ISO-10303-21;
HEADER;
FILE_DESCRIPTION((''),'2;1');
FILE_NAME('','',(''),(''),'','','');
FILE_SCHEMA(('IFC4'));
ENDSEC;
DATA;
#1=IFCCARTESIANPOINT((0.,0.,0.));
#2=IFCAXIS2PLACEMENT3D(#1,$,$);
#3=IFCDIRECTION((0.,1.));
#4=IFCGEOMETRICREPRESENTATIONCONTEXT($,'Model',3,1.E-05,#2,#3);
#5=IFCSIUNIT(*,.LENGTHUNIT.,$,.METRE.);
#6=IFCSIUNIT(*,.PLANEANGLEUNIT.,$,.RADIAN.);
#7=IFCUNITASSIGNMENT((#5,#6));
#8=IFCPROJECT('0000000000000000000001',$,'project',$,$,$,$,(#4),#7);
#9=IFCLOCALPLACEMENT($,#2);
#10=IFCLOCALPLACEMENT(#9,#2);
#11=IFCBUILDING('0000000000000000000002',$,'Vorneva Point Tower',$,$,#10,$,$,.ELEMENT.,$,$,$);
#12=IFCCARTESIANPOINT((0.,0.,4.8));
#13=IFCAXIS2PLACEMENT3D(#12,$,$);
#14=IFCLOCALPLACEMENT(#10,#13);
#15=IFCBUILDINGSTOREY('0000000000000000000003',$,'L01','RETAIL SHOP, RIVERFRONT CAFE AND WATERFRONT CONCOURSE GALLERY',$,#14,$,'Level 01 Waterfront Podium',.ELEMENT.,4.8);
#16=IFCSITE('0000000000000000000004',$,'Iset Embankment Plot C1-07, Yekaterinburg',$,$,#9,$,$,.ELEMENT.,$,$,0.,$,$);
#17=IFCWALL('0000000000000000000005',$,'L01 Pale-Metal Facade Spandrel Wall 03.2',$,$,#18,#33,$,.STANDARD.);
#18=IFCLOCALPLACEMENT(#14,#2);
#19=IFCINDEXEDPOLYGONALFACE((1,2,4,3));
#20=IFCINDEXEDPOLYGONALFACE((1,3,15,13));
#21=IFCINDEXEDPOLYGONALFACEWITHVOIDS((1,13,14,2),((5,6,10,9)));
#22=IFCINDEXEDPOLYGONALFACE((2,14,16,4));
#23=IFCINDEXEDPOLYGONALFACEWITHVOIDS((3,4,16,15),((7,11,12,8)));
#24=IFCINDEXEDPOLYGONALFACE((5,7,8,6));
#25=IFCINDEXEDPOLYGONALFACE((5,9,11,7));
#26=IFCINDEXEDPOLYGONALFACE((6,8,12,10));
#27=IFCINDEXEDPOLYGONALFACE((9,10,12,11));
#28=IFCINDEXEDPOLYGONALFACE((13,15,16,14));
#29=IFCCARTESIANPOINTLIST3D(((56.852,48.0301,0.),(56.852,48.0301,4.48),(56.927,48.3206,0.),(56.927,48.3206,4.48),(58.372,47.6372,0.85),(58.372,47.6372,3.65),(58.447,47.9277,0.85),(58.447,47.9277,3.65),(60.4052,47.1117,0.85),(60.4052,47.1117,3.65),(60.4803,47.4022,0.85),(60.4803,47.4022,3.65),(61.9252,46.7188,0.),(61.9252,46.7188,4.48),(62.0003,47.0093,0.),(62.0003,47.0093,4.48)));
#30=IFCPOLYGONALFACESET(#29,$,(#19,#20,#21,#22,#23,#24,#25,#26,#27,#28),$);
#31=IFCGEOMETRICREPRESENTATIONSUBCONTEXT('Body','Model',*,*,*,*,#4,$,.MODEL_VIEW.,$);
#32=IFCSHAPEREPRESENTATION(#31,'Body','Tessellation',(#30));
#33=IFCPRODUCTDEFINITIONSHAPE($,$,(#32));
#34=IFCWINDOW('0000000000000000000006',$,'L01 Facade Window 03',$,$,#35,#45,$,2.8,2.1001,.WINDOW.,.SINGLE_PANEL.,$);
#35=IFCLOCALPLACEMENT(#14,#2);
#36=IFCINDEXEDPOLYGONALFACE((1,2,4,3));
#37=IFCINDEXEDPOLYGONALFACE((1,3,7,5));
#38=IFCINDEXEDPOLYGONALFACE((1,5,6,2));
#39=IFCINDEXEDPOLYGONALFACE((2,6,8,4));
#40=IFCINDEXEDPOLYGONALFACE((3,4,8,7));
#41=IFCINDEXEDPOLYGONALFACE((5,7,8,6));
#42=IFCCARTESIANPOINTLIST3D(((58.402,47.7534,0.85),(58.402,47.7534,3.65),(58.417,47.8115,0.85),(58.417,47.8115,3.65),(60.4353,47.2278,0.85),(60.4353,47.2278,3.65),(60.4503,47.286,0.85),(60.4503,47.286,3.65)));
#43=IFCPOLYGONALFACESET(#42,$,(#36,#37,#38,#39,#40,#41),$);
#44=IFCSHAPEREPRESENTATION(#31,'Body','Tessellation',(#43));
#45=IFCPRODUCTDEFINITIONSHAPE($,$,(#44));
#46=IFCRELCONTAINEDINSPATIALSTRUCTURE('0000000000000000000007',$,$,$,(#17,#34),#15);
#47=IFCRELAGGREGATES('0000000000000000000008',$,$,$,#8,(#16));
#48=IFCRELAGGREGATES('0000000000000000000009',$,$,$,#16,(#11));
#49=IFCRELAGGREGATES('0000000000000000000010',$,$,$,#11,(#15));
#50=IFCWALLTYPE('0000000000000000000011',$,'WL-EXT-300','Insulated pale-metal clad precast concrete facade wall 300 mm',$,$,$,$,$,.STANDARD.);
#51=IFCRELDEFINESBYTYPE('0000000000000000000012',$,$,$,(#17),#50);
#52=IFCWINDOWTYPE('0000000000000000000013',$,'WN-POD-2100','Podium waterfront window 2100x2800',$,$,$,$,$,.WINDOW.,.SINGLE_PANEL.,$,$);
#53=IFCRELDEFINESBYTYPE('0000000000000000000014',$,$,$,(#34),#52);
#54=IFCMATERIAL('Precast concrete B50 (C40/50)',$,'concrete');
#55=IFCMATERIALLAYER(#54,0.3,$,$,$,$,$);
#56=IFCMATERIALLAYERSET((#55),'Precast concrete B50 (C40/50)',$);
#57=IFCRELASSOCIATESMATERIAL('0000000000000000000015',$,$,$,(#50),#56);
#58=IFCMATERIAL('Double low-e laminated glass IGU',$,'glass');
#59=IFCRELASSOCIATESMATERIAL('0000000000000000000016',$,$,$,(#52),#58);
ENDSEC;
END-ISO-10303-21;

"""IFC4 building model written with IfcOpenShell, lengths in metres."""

from ifc_helpers import new_model, si_unit, direction, frame, frame_2d, origin, place, context, subcontext, project, spatial, rectangle, extrude, material, layer, layer_set, type_object, element, fill, save


model = new_model("IFC4")

# Units and contexts
model_context = context("Model", 3, precision=1e-05, world=origin(), true_north=direction((0.0, 1.0)))
body_context = subcontext(model_context, "Body", "Model", "MODEL_VIEW")
ifc_project = project(units=[si_unit("LENGTHUNIT", "METRE"), si_unit("PLANEANGLEUNIT", "RADIAN")], contexts=[model_context])

# Site, building, storey
site_placement = place(None, origin())
site = spatial("IfcSite", under=ifc_project, at=site_placement, Name="Iset Embankment Plot C1-07, Yekaterinburg", CompositionType="ELEMENT", RefElevation=0.0)
building_placement = place(site_placement, origin())
building = spatial("IfcBuilding", under=site, at=building_placement, Name="Vorneva Point Tower", CompositionType="ELEMENT")
storey_placement = place(building_placement, frame((0.0, 0.0, 4.8)))
storey = spatial("IfcBuildingStorey", under=building, at=storey_placement, Name="L01", Description="RETAIL SHOP, RIVERFRONT CAFE AND WATERFRONT CONCOURSE GALLERY", LongName="Level 01 Waterfront Podium", CompositionType="ELEMENT", Elevation=4.8)

# Shared definitions
ifc_material_1 = material(Name="Double low-e laminated glass IGU", Category="glass")

# Shared definitions
ifc_material_2 = material(Name="Precast concrete B50 (C40/50)", Category="concrete")
ifc_layer_1 = layer(ifc_material_2, 0.3)
ifc_layer_set_1 = layer_set([ifc_layer_1], Name="Precast concrete B50 (C40/50)")
wall_type = type_object("IfcWallType", Name="WL-EXT-300", Description="Insulated pale-metal clad precast concrete facade wall 300 mm", PredefinedType="STANDARD", material=ifc_layer_set_1)

# Wall, opening, window
wall_1_placement = place(storey_placement, frame((61.9629, 46.864, 0.0), z_axis=(0.0, 0.0, 1.0), x_axis=(-0.968182, 0.250246, 0.0)))
wall_1 = element("IfcWall", 1, at=wall_1_placement, inside=storey, type_object=wall_type, Name="L01 Pale-Metal Facade Spandrel Wall 03.2", PredefinedType="STANDARD", context=body_context, shape_type="SweptSolid", body=[
    extrude(rectangle(XDim=5.24, YDim=0.3, at=frame_2d((2.6201, 0.0))), origin(), (0.0, 0.0, 1.0), 4.48),
])
opening_placement = place(wall_1_placement, frame((1.5701, 0.0, 0.8501)))
opening = element("IfcOpeningElement", 2, at=opening_placement, cuts=wall_1, PredefinedType="OPENING", context=body_context, shape_type="SweptSolid", body=[
    extrude(rectangle(XDim=2.1001, YDim=2.8, at=frame_2d((1.05, 1.3999))), frame((0.0, 0.165, 0.0), z_axis=(0.0, -1.0, 0.0), x_axis=(1.0, 0.0, 0.0)), (0.0, 0.0, 1.0), 0.3298),
])
window_type = type_object("IfcWindowType", Name="WN-POD-2100", Description="Podium waterfront window 2100x2800", PartitioningType="SINGLE_PANEL", PredefinedType="WINDOW", material=ifc_material_1)
window_placement = place(opening_placement, origin())
window = element("IfcWindow", 3, at=window_placement, inside=storey, type_object=window_type, Name="L01 Facade Window 03", OverallHeight=2.8, OverallWidth=2.1001, PartitioningType="SINGLE_PANEL", PredefinedType="WINDOW", context=body_context, shape_type="SweptSolid", body=[
    extrude(rectangle(XDim=2.1001, YDim=2.8, at=frame_2d((1.05, 1.3999))), frame((0.0, 0.03, 0.0), z_axis=(0.0, -1.0, 0.0), x_axis=(1.0, 0.0, 0.0)), (0.0, 0.0, 1.0), 0.0601),
])
fill(opening, window)

save(model, "model.ifc")
